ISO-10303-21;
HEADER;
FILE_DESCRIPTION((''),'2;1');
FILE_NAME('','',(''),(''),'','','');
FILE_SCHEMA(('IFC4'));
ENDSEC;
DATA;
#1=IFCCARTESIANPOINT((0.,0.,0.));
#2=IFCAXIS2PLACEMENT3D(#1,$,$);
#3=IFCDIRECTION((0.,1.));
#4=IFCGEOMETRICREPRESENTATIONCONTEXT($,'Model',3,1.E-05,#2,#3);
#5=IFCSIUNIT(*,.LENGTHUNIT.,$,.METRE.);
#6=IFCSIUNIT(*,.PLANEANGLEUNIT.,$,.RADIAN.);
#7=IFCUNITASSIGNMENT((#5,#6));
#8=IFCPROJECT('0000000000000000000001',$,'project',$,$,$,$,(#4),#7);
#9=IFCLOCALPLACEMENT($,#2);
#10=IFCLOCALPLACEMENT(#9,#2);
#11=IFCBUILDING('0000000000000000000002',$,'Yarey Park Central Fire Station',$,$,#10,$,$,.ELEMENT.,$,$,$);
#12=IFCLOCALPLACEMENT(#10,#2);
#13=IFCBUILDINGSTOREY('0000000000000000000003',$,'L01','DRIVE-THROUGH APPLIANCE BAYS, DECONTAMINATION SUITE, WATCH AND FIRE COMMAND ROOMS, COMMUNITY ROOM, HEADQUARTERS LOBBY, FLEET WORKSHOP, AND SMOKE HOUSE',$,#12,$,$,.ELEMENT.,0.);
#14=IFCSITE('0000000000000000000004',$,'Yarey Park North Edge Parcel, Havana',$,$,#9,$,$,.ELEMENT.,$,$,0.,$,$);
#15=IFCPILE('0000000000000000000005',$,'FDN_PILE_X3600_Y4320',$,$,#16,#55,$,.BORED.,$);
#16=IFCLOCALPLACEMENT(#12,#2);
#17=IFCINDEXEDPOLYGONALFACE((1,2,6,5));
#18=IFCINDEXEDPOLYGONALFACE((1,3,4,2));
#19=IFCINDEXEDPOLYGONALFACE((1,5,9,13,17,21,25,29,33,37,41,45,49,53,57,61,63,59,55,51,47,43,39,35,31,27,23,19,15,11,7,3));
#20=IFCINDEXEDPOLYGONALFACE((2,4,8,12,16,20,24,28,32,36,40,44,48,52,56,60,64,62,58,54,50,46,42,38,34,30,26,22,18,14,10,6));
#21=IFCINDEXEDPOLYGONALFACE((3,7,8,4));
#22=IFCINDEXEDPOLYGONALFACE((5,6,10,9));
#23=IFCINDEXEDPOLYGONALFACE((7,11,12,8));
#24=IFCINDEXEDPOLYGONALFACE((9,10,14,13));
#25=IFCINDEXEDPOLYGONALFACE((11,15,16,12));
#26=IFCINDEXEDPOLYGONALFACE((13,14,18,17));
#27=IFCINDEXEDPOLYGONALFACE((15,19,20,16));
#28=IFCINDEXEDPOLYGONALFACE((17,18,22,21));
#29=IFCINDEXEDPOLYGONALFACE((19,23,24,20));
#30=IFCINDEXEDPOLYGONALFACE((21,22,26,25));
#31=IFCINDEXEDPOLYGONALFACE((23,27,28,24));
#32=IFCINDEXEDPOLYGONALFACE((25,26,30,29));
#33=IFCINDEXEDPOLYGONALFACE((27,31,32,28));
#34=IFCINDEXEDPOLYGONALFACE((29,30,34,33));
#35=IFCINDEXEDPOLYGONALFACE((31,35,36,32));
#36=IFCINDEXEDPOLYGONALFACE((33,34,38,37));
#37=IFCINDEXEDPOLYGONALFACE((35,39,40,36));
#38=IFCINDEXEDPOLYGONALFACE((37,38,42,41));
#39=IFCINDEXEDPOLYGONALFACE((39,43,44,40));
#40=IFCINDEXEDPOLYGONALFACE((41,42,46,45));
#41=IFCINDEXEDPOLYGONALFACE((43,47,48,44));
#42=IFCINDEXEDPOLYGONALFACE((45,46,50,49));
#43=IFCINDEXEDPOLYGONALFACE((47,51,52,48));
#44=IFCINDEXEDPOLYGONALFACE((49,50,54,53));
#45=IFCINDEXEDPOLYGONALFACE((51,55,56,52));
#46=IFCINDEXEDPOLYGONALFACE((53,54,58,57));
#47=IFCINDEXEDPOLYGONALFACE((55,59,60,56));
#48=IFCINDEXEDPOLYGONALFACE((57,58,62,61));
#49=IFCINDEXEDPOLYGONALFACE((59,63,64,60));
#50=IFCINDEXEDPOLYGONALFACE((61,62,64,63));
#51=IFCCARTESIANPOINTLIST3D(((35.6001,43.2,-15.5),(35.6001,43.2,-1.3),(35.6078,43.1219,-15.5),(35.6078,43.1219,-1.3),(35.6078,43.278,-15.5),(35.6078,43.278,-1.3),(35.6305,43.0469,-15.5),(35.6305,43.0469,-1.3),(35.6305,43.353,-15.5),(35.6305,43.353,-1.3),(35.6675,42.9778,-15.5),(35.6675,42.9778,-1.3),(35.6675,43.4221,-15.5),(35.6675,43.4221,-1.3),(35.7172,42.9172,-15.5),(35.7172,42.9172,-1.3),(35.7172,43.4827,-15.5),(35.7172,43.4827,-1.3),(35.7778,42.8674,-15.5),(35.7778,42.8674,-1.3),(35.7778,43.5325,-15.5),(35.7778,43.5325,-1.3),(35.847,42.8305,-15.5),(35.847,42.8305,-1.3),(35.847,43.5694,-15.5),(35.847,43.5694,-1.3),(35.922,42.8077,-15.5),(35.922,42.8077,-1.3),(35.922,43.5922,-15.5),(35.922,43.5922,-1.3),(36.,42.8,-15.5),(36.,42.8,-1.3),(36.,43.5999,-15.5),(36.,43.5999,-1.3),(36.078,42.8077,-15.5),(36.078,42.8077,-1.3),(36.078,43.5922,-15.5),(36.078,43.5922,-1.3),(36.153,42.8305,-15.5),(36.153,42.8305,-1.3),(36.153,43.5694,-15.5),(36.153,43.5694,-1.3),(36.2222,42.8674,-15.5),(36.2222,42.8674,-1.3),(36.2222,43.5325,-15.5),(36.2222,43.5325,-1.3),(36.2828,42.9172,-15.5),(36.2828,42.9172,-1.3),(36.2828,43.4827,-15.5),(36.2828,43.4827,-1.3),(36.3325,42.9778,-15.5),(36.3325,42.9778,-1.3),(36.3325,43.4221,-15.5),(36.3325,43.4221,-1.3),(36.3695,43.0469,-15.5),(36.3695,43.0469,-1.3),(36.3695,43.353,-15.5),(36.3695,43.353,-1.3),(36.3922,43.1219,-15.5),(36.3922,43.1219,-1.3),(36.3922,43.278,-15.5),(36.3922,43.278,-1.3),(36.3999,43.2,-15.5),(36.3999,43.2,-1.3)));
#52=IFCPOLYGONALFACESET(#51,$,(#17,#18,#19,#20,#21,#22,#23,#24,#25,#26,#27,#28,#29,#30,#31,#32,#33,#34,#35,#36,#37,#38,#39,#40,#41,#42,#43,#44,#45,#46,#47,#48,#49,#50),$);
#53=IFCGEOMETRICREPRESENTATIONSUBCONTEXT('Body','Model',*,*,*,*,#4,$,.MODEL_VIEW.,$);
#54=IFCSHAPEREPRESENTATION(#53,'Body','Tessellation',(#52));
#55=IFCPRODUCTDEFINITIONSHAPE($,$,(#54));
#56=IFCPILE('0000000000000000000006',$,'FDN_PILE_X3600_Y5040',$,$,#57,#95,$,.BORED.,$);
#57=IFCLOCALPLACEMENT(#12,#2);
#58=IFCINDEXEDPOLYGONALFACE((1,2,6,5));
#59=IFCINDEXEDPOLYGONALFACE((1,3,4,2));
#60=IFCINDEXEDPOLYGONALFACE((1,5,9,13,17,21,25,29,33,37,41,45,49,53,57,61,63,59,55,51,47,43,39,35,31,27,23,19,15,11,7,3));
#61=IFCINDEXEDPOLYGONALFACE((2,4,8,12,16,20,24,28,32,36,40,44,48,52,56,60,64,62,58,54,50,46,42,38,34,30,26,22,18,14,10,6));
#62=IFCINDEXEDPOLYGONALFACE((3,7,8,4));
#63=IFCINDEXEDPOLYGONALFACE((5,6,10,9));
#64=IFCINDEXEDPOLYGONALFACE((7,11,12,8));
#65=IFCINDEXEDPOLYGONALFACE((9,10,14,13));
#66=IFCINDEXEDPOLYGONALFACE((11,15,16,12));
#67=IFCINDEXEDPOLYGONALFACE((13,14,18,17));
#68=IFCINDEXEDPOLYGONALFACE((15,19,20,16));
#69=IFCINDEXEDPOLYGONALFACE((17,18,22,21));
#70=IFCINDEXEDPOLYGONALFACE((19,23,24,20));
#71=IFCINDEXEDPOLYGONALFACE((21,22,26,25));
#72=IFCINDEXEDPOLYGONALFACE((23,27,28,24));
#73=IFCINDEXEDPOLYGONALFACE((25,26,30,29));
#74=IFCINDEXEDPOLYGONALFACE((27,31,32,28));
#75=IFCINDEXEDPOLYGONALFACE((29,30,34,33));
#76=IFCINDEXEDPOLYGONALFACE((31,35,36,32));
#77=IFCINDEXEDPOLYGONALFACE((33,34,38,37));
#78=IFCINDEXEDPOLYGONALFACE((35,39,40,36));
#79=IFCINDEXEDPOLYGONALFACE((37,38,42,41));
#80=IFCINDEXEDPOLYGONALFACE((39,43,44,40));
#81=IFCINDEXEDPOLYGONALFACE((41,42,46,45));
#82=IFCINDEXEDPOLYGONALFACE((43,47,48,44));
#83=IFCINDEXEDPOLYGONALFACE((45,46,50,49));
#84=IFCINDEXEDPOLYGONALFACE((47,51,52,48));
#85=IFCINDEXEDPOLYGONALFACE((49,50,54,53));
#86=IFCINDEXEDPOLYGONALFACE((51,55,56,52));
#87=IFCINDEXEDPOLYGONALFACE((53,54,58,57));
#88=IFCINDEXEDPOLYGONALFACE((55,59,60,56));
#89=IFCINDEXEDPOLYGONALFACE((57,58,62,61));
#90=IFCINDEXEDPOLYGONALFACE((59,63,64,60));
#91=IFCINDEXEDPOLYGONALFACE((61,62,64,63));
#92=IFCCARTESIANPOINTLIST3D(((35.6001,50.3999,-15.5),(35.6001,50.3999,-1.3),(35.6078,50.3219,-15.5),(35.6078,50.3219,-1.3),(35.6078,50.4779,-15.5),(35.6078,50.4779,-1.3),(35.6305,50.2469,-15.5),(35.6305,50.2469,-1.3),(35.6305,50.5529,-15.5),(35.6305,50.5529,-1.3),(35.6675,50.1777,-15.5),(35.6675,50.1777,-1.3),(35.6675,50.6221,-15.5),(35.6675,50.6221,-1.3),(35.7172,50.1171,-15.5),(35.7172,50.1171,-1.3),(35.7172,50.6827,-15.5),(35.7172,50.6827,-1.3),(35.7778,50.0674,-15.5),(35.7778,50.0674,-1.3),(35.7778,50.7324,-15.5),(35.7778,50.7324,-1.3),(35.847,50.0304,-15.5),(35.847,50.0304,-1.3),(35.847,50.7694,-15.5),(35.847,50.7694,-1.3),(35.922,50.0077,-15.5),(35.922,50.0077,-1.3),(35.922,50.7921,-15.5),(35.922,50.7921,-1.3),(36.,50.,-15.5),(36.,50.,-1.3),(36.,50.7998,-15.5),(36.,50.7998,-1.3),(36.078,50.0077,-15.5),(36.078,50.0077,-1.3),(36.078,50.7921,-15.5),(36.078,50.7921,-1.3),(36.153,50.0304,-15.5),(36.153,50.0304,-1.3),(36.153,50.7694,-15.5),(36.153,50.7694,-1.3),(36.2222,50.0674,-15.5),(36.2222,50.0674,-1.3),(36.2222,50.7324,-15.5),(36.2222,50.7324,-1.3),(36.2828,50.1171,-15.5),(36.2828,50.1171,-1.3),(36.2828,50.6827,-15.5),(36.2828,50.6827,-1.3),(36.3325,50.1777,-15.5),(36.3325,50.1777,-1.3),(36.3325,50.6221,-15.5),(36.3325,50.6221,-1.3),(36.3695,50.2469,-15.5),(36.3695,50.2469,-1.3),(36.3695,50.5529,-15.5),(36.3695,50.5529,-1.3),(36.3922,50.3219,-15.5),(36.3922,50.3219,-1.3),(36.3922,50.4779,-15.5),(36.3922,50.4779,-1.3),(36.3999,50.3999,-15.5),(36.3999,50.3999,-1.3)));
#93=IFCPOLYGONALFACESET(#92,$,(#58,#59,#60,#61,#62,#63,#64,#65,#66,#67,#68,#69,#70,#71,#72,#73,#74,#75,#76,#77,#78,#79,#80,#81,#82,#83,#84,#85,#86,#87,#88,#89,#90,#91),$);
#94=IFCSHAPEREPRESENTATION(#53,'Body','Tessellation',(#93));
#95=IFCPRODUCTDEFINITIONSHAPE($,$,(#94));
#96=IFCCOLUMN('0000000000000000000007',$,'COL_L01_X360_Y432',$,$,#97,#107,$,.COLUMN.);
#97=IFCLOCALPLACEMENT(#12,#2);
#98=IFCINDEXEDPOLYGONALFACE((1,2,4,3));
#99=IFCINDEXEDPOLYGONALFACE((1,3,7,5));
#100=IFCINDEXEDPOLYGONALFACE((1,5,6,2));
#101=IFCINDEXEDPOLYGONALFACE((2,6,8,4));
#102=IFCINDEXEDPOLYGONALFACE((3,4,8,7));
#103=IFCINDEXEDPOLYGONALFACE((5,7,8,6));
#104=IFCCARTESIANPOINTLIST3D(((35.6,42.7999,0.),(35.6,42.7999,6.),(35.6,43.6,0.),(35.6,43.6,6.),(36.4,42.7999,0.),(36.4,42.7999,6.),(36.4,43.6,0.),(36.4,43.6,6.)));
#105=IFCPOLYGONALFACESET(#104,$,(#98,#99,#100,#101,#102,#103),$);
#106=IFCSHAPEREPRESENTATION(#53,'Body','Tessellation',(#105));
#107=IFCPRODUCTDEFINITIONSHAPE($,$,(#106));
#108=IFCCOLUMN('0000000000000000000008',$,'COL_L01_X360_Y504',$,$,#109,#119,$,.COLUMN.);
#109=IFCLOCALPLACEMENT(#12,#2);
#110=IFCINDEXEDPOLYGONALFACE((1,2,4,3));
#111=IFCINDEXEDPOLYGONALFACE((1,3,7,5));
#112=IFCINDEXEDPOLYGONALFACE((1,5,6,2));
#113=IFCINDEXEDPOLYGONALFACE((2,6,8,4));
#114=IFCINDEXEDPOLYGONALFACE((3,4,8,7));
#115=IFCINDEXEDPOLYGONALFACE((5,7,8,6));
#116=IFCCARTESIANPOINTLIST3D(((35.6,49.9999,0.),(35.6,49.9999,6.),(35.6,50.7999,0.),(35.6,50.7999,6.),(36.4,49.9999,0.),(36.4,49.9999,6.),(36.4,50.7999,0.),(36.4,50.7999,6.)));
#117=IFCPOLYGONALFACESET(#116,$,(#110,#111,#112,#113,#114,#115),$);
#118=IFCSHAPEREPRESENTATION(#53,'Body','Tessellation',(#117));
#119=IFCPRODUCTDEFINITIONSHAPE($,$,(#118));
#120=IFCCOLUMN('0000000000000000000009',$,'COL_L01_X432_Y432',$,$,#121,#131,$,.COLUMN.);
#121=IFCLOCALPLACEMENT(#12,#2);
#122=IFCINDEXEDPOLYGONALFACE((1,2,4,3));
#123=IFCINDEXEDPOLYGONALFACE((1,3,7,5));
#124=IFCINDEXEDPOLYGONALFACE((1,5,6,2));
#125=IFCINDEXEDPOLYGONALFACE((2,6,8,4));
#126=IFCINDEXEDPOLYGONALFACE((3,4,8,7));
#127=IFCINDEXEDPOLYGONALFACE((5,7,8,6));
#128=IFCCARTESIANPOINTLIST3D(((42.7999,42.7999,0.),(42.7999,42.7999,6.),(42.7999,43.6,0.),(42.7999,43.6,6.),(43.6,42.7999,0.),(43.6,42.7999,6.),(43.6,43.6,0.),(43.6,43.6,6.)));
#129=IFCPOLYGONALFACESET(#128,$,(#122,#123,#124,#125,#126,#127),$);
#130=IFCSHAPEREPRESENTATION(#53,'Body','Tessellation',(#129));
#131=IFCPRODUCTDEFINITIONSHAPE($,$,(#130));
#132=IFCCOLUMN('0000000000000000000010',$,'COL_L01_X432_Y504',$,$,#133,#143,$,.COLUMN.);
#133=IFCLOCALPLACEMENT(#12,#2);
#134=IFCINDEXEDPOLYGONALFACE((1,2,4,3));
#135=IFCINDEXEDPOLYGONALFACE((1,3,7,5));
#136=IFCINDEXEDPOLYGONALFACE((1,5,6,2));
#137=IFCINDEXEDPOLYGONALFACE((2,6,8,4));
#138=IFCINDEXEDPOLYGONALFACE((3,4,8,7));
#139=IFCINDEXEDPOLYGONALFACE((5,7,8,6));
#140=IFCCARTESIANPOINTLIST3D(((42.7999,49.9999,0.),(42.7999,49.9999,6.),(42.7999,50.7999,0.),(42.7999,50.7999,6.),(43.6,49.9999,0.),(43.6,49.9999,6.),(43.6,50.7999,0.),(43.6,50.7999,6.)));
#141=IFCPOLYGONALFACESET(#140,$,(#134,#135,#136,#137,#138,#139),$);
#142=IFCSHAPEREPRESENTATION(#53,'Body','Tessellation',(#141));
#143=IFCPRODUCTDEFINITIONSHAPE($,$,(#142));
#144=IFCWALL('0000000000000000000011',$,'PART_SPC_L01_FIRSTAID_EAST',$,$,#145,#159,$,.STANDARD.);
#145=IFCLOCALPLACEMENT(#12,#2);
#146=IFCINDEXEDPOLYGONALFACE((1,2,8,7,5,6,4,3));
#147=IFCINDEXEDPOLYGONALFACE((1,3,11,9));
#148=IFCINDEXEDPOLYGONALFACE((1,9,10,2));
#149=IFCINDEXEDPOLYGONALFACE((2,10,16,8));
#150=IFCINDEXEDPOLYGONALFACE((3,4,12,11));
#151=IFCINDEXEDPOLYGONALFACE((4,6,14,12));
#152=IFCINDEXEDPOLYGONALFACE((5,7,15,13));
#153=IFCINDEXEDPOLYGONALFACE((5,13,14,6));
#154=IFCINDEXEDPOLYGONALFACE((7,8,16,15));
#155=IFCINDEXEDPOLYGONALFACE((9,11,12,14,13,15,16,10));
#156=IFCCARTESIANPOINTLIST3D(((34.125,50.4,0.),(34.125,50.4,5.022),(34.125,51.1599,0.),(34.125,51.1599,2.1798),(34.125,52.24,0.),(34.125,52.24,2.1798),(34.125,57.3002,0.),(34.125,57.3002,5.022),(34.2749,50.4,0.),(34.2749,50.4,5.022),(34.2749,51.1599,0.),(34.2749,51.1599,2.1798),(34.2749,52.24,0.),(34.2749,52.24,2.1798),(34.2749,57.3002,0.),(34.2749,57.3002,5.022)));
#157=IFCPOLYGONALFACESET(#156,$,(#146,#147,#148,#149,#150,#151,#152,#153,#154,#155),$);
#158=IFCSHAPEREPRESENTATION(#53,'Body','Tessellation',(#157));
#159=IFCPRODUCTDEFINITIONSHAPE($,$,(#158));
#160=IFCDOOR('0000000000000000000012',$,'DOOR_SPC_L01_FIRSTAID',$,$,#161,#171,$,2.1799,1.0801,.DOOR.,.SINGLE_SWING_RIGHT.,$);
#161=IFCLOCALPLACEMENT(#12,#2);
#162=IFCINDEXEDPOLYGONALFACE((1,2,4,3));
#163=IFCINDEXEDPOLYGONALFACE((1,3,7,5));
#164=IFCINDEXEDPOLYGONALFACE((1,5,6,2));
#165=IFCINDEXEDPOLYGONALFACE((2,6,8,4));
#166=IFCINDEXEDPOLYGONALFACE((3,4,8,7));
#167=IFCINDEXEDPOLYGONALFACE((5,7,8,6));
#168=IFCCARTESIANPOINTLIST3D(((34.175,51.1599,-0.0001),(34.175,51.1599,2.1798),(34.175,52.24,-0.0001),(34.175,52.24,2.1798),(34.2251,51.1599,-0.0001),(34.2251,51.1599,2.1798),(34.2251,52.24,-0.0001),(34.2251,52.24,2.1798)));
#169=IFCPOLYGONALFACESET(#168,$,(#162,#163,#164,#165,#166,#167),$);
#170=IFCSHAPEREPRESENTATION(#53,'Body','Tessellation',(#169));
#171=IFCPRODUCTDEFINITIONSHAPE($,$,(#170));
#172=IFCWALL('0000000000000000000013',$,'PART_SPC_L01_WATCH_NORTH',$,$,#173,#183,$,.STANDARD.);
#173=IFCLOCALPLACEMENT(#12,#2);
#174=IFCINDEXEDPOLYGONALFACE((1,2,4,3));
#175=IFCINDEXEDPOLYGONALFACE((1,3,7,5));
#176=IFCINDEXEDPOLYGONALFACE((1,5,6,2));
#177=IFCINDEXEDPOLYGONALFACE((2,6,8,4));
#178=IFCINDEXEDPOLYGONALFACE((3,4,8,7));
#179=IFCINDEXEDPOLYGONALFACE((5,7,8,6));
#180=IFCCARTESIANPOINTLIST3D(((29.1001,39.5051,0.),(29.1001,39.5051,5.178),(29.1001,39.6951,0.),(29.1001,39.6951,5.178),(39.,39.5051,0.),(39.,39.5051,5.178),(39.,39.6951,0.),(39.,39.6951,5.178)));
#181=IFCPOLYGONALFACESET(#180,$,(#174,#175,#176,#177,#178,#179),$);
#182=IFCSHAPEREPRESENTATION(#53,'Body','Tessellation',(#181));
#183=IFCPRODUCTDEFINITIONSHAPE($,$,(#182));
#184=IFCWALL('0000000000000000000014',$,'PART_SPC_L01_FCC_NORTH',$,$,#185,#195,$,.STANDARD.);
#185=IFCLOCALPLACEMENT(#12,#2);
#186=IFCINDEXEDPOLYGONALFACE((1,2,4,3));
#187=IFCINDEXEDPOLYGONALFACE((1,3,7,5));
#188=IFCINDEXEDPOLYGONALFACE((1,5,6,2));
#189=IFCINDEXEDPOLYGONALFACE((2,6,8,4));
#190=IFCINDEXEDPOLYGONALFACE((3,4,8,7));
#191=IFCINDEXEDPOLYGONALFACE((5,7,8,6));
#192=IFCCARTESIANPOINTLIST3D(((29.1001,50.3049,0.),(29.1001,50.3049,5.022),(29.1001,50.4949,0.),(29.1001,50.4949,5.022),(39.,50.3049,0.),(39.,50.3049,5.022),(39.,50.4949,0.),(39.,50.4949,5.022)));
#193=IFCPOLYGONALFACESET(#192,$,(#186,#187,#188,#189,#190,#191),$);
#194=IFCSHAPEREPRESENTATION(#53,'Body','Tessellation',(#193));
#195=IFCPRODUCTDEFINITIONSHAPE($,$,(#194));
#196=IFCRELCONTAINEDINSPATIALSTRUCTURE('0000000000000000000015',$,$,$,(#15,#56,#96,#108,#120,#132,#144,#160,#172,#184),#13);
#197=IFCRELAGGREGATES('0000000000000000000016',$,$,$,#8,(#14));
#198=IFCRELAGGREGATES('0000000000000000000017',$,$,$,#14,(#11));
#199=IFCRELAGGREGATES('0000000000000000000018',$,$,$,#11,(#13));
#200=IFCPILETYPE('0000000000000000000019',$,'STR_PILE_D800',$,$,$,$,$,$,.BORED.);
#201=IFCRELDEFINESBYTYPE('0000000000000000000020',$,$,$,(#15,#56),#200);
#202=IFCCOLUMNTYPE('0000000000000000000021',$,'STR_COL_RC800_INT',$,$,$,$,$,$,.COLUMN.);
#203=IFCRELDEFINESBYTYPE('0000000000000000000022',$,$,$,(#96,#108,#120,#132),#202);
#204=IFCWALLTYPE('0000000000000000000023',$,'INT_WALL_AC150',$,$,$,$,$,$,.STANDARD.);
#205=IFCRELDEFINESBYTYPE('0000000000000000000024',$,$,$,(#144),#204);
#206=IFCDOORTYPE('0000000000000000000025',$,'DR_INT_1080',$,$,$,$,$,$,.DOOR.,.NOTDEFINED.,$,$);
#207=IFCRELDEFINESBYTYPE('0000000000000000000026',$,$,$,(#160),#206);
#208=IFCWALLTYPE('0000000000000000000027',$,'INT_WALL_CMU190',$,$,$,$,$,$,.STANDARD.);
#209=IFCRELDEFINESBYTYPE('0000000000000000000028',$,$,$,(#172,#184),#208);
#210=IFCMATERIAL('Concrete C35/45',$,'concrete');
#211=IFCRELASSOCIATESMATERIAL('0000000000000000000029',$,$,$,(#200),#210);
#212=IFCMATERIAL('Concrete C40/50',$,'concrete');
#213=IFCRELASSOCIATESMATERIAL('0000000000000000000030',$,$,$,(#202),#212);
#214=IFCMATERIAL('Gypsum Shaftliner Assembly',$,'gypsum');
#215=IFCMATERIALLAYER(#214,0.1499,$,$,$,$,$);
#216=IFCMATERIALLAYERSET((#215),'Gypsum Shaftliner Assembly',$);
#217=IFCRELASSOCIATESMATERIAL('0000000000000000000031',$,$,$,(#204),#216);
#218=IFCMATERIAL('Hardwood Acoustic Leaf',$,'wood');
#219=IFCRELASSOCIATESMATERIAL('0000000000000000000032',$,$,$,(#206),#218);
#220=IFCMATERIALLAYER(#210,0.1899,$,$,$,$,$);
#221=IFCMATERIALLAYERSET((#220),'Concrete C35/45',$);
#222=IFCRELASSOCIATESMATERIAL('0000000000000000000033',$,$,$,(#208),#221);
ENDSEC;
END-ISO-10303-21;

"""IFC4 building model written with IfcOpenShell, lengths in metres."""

from ifc_helpers import new_model, si_unit, direction, frame, frame_2d, origin, origin_2d, place, context, subcontext, project, spatial, rectangle, circle, extrude, material, layer, layer_set, material_profile, profile_set, type_object, element, fill, save


model = new_model("IFC4")

# Units and contexts
model_context = context("Model", 3, precision=1e-05, world=origin(), true_north=direction((0.0, 1.0)))
body_context = subcontext(model_context, "Body", "Model", "MODEL_VIEW")
ifc_project = project(units=[si_unit("LENGTHUNIT", "METRE"), si_unit("PLANEANGLEUNIT", "RADIAN")], contexts=[model_context])

# Site, building, storey
site_placement = place(None, origin())
site = spatial("IfcSite", under=ifc_project, at=site_placement, Name="Yarey Park North Edge Parcel, Havana", CompositionType="ELEMENT", RefElevation=0.0)
building_placement = place(site_placement, origin())
building = spatial("IfcBuilding", under=site, at=building_placement, Name="Yarey Park Central Fire Station", CompositionType="ELEMENT")
storey_placement = place(building_placement, origin())
storey = spatial("IfcBuildingStorey", under=building, at=storey_placement, Name="L01", Description="DRIVE-THROUGH APPLIANCE BAYS, DECONTAMINATION SUITE, WATCH AND FIRE COMMAND ROOMS, COMMUNITY ROOM, HEADQUARTERS LOBBY, FLEET WORKSHOP, AND SMOKE HOUSE", CompositionType="ELEMENT", Elevation=0.0)

# Shared definitions
ifc_material_1 = material(Name="Concrete C35/45", Category="concrete")

# Piles
ifc_material_profile_1 = material_profile(ifc_material_1, circle(Radius=0.3999, at=origin_2d()), Name="BORED PILE D800")
ifc_profile_set_1 = profile_set([ifc_material_profile_1], Name="Concrete C35/45")
pile_type_1 = type_object("IfcPileType", Name="STR_PILE_D800", PredefinedType="BORED", material=ifc_profile_set_1)
for number, where, z_axis, x_axis, name in (
    (1, (36.0, 43.2, -1.3), (0.0, 0.0, -1.0), (1.0, 0.0, 0.0), "FDN_PILE_X3600_Y4320"),
    (2, (36.0, 50.3999, -1.3), (0.0, 0.0, -1.0), (1.0, 0.0, 0.0), "FDN_PILE_X3600_Y5040"),
):
    element("IfcPile", number, at=place(storey_placement, frame(where, z_axis=z_axis, x_axis=x_axis)), inside=storey, type_object=pile_type_1, Name=name, PredefinedType="BORED", context=body_context, shape_type="SweptSolid", body=[
        extrude(circle(Radius=0.3999, at=origin_2d()), origin(), (0.0, 0.0, 1.0), 14.2),
    ])

# Columns
ifc_material_2 = material(Name="Concrete C40/50", Category="concrete")
ifc_material_profile_2 = material_profile(ifc_material_2, rectangle(XDim=0.8, YDim=0.8, at=origin_2d()), Name="RC 800x800")
ifc_profile_set_2 = profile_set([ifc_material_profile_2], Name="Concrete C40/50")
column_type = type_object("IfcColumnType", Name="STR_COL_RC800_INT", PredefinedType="COLUMN", material=ifc_profile_set_2)
for number, where, z_axis, x_axis, name in (
    (3, (36.0, 43.2, 0.0), (0.0, 0.0, 1.0), (1.0, 0.0, 0.0), "COL_L01_X360_Y432"),
    (4, (36.0, 50.3999, 0.0), (0.0, 0.0, 1.0), (1.0, 0.0, 0.0), "COL_L01_X360_Y504"),
    (5, (43.2, 43.2, 0.0), (0.0, 0.0, 1.0), (1.0, 0.0, 0.0), "COL_L01_X432_Y432"),
    (6, (43.2, 50.3999, 0.0), (0.0, 0.0, 1.0), (1.0, 0.0, 0.0), "COL_L01_X432_Y504"),
):
    element("IfcColumn", number, at=place(storey_placement, frame(where, z_axis=z_axis, x_axis=x_axis)), inside=storey, type_object=column_type, Name=name, PredefinedType="COLUMN", context=body_context, shape_type="SweptSolid", body=[
        extrude(rectangle(XDim=0.8, YDim=0.8, at=origin_2d()), origin(), (0.0, 0.0, 1.0), 6.0),
    ])

# Wall, opening, door
ifc_material_3 = material(Name="Gypsum Shaftliner Assembly", Category="gypsum")
ifc_layer_1 = layer(ifc_material_3, 0.1499)
ifc_layer_set_1 = layer_set([ifc_layer_1], Name="Gypsum Shaftliner Assembly")
wall_type_1 = type_object("IfcWallType", Name="INT_WALL_AC150", PredefinedType="STANDARD", material=ifc_layer_set_1)
wall_1_placement = place(storey_placement, frame((34.2, 50.3999, 0.0), z_axis=(0.0, 0.0, 1.0), x_axis=(0.0, 1.0, 0.0)))
wall_1 = element("IfcWall", 7, at=wall_1_placement, inside=storey, type_object=wall_type_1, Name="PART_SPC_L01_FIRSTAID_EAST", PredefinedType="STANDARD", context=body_context, shape_type="SweptSolid", body=[
    extrude(rectangle(XDim=6.9001, YDim=0.1499, at=frame_2d((3.4502, 0.0))), origin(), (0.0, 0.0, 1.0), 5.022),
])
opening_1_placement = place(wall_1_placement, frame((0.76, 0.0, 0.0)))
opening_1 = element("IfcOpeningElement", 8, at=opening_1_placement, cuts=wall_1, PredefinedType="OPENING", context=body_context, shape_type="SweptSolid", body=[
    extrude(rectangle(XDim=1.0801, YDim=2.1799, at=frame_2d((0.54, 1.0898))), frame((0.0, 0.085, 0.0), z_axis=(0.0, -1.0, 0.0), x_axis=(1.0, 0.0, 0.0)), (0.0, 0.0, 1.0), 0.1699),
])
ifc_material_4 = material(Name="Hardwood Acoustic Leaf", Category="wood")
door_type_1 = type_object("IfcDoorType", Name="DR_INT_1080", OperationType="NOTDEFINED", PredefinedType="DOOR", material=ifc_material_4)
door_1_placement = place(opening_1_placement, origin())
door_1 = element("IfcDoor", 9, at=door_1_placement, inside=storey, type_object=door_type_1, Name="DOOR_SPC_L01_FIRSTAID", OperationType="SINGLE_SWING_RIGHT", OverallHeight=2.1799, OverallWidth=1.0801, PredefinedType="DOOR", context=body_context, shape_type="SweptSolid", body=[
    extrude(rectangle(XDim=1.0801, YDim=2.1799, at=frame_2d((0.54, 1.0898))), frame((0.0, 0.0249, 0.0), z_axis=(0.0, -1.0, 0.0), x_axis=(1.0, 0.0, 0.0)), (0.0, 0.0, 1.0), 0.05),
])
fill(opening_1, door_1)

# Walls
ifc_layer_2 = layer(ifc_material_1, 0.1899)
ifc_layer_set_2 = layer_set([ifc_layer_2], Name="Concrete C35/45")
wall_type_2 = type_object("IfcWallType", Name="INT_WALL_CMU190", PredefinedType="STANDARD", material=ifc_layer_set_2)
wall_2_placement = place(storey_placement, frame((39.0, 39.6001, 0.0), z_axis=(0.0, 0.0, 1.0), x_axis=(-1.0, 0.0, 0.0)))
element("IfcWall", 10, at=wall_2_placement, inside=storey, type_object=wall_type_2, Name="PART_SPC_L01_WATCH_NORTH", PredefinedType="STANDARD", context=body_context, shape_type="SweptSolid", body=[
    extrude(rectangle(XDim=9.8999, YDim=0.1899, at=frame_2d((4.95, 0.0))), origin(), (0.0, 0.0, 1.0), 5.178),
])
wall_3_placement = place(storey_placement, frame((39.0, 50.3999, 0.0), z_axis=(0.0, 0.0, 1.0), x_axis=(-1.0, 0.0, 0.0)))
element("IfcWall", 11, at=wall_3_placement, inside=storey, type_object=wall_type_2, Name="PART_SPC_L01_FCC_NORTH", PredefinedType="STANDARD", context=body_context, shape_type="SweptSolid", body=[
    extrude(rectangle(XDim=9.8999, YDim=0.1899, at=frame_2d((4.95, 0.0))), origin(), (0.0, 0.0, 1.0), 5.022),
])

save(model, "model.ifc")
